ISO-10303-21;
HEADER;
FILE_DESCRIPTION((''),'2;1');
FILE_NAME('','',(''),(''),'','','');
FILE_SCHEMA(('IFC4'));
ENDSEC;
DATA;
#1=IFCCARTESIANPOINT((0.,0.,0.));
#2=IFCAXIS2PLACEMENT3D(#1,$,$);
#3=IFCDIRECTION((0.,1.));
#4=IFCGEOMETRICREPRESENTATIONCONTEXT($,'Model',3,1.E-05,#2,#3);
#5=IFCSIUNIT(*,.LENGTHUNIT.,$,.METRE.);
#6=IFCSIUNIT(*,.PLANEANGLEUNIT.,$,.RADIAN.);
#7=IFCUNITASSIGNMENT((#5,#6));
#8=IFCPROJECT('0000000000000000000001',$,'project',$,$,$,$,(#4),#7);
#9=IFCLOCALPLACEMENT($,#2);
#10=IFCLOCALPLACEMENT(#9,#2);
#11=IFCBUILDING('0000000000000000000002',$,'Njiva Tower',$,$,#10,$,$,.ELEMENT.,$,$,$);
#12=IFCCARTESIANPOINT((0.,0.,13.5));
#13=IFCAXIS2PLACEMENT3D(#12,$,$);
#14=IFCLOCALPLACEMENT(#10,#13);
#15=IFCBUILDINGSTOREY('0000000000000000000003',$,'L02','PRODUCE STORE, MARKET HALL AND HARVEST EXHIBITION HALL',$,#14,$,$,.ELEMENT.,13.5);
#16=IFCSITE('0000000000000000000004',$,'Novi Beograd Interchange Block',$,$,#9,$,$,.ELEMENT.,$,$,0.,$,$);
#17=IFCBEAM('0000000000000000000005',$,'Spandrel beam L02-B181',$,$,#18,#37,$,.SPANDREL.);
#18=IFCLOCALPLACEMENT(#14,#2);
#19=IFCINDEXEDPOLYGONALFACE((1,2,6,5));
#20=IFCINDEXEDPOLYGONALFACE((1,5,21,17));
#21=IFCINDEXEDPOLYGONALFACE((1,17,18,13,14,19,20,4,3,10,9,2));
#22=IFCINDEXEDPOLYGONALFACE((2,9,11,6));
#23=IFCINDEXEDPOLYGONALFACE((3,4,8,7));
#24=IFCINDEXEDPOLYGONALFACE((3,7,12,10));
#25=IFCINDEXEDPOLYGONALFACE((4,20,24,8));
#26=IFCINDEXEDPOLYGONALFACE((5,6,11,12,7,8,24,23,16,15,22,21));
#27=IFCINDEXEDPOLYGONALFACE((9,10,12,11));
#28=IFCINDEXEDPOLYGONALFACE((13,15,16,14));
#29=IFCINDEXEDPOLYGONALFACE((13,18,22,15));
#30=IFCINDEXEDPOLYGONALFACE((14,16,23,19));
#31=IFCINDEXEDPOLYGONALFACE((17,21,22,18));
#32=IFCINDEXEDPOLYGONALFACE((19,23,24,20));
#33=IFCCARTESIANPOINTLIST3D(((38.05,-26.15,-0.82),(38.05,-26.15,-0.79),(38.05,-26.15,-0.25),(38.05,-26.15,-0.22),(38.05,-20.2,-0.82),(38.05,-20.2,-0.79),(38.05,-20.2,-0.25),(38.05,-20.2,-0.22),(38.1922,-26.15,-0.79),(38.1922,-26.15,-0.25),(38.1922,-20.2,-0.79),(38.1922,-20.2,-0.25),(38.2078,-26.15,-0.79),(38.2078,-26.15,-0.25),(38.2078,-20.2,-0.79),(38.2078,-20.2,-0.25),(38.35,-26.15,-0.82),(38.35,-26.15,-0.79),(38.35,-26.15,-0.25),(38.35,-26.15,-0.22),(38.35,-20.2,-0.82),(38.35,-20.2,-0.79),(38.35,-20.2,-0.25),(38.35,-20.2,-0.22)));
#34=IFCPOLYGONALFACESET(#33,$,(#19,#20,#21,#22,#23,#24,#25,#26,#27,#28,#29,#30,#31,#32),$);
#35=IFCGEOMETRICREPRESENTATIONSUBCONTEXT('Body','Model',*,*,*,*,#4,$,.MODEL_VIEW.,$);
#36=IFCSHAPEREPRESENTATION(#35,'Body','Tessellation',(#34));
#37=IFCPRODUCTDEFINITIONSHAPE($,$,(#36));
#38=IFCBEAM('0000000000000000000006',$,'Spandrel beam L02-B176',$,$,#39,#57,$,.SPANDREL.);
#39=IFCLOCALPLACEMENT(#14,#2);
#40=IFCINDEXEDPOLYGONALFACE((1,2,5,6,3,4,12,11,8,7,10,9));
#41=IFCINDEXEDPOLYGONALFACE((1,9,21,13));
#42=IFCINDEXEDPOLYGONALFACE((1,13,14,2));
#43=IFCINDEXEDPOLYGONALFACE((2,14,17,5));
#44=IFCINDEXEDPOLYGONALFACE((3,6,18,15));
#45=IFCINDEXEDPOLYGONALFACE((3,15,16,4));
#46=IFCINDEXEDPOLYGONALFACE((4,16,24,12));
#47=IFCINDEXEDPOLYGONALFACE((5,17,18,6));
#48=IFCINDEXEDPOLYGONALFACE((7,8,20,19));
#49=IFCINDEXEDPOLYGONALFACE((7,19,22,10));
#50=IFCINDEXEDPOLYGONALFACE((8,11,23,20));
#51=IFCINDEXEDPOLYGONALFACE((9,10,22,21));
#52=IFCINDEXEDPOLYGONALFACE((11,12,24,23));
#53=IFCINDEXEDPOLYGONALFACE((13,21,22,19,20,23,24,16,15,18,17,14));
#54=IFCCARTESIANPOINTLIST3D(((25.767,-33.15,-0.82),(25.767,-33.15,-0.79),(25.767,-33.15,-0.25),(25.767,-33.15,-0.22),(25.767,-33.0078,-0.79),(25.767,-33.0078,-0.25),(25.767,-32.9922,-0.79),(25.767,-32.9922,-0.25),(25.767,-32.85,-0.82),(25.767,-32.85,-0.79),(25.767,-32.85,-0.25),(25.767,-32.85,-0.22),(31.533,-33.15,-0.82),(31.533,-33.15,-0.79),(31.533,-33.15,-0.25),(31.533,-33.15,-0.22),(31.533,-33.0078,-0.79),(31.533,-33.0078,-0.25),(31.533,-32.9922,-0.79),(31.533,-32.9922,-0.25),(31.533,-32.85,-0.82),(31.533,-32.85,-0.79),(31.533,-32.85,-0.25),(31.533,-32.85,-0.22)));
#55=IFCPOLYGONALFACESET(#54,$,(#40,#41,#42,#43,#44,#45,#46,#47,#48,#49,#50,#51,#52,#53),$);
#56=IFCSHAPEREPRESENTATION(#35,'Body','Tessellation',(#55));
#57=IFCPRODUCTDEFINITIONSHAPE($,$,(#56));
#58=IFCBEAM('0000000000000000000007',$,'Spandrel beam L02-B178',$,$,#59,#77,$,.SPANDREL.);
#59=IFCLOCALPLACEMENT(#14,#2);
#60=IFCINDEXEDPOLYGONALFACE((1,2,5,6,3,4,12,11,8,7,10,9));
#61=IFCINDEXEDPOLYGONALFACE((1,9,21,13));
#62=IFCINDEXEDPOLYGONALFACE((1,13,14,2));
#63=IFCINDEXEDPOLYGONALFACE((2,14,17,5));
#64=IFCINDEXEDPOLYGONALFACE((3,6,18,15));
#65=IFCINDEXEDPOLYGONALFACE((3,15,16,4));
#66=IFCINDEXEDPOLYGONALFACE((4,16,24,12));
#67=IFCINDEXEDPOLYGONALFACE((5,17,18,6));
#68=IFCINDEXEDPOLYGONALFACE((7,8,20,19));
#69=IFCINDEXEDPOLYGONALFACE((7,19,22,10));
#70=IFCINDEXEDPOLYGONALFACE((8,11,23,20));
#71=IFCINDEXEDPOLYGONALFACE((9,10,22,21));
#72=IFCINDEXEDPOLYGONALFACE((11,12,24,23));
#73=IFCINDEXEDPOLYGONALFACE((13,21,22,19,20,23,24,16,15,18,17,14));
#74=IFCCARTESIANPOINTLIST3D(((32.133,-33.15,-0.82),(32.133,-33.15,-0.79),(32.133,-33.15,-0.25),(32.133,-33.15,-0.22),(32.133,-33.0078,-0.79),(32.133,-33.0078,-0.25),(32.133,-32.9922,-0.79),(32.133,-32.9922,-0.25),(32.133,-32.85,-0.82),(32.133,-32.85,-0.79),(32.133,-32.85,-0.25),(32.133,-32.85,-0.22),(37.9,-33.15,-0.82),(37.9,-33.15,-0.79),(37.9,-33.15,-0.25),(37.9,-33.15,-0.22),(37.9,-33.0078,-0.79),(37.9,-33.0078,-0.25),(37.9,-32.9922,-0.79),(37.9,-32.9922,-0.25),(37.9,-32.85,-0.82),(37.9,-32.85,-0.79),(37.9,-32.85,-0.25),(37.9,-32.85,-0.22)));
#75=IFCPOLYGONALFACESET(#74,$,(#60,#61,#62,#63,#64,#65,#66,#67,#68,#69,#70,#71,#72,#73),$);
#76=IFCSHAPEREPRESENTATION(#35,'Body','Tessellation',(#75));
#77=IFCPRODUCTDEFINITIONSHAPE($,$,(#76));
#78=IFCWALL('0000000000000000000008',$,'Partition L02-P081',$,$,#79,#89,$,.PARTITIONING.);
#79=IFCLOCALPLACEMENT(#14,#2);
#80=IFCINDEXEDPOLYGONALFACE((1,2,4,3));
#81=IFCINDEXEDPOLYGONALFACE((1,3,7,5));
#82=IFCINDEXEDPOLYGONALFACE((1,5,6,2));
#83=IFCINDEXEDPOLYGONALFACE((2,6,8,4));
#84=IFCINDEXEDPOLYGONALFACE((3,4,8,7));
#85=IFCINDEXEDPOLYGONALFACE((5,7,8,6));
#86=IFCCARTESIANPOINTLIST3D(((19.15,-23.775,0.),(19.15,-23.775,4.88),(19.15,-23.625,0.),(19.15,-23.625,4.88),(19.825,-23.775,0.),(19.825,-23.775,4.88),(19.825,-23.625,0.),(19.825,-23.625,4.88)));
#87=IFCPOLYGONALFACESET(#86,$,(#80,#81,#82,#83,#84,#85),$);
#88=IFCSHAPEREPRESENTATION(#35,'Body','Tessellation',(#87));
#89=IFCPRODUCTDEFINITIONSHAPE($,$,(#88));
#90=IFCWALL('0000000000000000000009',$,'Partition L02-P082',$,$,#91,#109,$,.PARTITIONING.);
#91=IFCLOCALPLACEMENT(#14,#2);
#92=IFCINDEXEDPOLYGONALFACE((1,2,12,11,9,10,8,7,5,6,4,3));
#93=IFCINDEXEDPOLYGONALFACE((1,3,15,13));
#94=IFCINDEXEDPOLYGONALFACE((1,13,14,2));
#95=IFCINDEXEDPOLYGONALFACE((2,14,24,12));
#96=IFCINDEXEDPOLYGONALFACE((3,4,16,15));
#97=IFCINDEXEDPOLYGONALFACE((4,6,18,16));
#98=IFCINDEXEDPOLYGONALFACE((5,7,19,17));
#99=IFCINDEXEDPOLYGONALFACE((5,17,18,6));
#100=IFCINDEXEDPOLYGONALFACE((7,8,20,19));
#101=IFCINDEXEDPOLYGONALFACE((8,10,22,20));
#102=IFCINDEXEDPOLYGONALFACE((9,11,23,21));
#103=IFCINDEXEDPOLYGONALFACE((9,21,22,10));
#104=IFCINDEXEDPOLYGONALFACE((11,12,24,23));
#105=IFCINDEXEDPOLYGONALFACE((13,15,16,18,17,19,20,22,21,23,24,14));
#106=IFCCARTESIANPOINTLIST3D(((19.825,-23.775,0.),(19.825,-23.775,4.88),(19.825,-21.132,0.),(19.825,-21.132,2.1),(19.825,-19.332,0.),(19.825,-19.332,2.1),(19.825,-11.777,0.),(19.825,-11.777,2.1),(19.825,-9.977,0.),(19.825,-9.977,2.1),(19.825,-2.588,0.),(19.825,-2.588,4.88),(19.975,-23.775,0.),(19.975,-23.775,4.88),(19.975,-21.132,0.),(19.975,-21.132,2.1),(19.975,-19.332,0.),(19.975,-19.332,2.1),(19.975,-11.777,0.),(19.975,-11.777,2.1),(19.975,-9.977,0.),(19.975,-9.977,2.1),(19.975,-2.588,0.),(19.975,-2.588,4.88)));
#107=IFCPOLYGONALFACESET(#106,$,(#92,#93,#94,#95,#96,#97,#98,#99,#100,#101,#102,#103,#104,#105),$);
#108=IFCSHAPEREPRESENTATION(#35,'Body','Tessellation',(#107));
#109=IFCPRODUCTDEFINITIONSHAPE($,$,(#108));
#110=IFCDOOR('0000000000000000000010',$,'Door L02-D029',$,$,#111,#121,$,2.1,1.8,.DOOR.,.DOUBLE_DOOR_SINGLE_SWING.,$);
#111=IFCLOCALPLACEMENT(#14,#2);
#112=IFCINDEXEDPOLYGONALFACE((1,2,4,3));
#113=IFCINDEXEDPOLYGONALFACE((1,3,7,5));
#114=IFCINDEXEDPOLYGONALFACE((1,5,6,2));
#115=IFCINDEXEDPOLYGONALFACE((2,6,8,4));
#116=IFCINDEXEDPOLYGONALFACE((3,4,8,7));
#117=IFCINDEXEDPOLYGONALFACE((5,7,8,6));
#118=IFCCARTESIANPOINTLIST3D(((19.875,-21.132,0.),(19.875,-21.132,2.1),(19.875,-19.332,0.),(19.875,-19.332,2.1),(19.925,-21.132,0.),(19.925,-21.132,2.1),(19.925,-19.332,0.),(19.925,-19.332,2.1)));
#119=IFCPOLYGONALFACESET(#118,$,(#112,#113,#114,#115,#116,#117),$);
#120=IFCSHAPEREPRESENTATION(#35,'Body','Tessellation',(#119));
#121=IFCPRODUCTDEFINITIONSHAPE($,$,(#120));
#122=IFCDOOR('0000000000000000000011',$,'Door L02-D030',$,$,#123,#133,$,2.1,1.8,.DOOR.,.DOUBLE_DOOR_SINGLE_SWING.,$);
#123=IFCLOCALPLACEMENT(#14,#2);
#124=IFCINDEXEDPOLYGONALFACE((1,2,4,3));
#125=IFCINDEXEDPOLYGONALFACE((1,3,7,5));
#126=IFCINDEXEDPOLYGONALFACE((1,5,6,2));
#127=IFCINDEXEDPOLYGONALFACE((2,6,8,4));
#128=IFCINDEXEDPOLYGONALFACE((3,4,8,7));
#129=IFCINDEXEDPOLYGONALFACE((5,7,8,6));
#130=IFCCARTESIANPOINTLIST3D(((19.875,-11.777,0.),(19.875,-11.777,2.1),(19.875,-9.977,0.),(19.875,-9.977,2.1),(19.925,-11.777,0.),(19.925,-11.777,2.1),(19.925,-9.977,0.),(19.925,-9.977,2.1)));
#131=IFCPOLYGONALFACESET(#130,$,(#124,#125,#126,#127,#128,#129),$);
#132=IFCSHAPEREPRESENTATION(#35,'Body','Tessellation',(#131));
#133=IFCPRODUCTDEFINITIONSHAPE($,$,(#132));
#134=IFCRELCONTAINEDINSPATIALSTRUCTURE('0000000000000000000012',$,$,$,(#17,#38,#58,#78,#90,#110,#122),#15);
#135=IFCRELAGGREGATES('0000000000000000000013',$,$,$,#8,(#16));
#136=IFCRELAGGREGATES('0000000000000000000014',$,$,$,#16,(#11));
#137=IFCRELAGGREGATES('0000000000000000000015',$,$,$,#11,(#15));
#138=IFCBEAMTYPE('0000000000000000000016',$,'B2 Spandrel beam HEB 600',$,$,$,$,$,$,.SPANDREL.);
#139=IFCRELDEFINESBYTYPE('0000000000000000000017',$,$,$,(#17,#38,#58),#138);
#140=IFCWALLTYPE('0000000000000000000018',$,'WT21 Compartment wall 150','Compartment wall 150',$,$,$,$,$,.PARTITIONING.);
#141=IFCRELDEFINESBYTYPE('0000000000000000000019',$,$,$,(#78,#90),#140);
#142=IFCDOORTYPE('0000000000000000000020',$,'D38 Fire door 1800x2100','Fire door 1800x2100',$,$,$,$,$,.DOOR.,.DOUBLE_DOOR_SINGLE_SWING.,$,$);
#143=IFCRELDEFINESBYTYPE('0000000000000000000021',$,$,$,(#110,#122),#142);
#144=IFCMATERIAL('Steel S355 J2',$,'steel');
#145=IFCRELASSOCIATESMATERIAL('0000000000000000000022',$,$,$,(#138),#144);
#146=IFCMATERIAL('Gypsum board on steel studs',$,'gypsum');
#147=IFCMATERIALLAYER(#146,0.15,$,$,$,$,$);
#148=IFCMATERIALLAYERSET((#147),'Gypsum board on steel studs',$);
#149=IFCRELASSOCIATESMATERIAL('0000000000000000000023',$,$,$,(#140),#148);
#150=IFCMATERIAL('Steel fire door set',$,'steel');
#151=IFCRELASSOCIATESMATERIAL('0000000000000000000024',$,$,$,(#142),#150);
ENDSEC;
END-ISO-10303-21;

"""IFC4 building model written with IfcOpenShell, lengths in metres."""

from ifc_helpers import new_model, si_unit, direction, frame, frame_2d, origin, origin_2d, place, context, subcontext, project, spatial, rectangle, i_section, extrude, material, layer, layer_set, material_profile, profile_set, type_object, element, fill, save


model = new_model("IFC4")

# Units and contexts
model_context = context("Model", 3, precision=1e-05, world=origin(), true_north=direction((0.0, 1.0)))
body_context = subcontext(model_context, "Body", "Model", "MODEL_VIEW")
ifc_project = project(units=[si_unit("LENGTHUNIT", "METRE"), si_unit("PLANEANGLEUNIT", "RADIAN")], contexts=[model_context])

# Site, building, storey
site_placement = place(None, origin())
site = spatial("IfcSite", under=ifc_project, at=site_placement, Name="Novi Beograd Interchange Block", CompositionType="ELEMENT", RefElevation=0.0)
building_placement = place(site_placement, origin())
building = spatial("IfcBuilding", under=site, at=building_placement, Name="Njiva Tower", CompositionType="ELEMENT")
storey_placement = place(building_placement, frame((0.0, 0.0, 13.5)))
storey = spatial("IfcBuildingStorey", under=building, at=storey_placement, Name="L02", Description="PRODUCE STORE, MARKET HALL AND HARVEST EXHIBITION HALL", CompositionType="ELEMENT", Elevation=13.5)

# Shared definitions
ifc_material_1 = material(Name="Steel S355 J2", Category="steel")

# Beams
ifc_material_profile_1 = material_profile(ifc_material_1, i_section(OverallWidth=0.3, OverallDepth=0.6, WebThickness=0.0155, FlangeThickness=0.03, at=origin_2d()), Name="HEB 600")
ifc_profile_set_1 = profile_set([ifc_material_profile_1], Name="Steel S355 J2")
beam_type_1 = type_object("IfcBeamType", Name="B2 Spandrel beam HEB 600", PredefinedType="SPANDREL", material=ifc_profile_set_1)
for number, where, z_axis, x_axis, name in (
    (1, (38.2, -26.15, -0.52), (0.0, 1.0, 0.0), (-1.0, 0.0, 0.0), "Spandrel beam L02-B181"),
):
    element("IfcBeam", number, at=place(storey_placement, frame(where, z_axis=z_axis, x_axis=x_axis)), inside=storey, type_object=beam_type_1, Name=name, PredefinedType="SPANDREL", context=body_context, shape_type="SweptSolid", body=[
        extrude(i_section(OverallWidth=0.3, OverallDepth=0.6, WebThickness=0.0155, FlangeThickness=0.03, at=origin_2d()), origin(), (0.0, 0.0, 1.0), 5.95),
    ])
beam_1_placement = place(storey_placement, frame((25.767, -33.0, -0.52), z_axis=(1.0, 0.0, 0.0), x_axis=(0.0, 1.0, 0.0)))
element("IfcBeam", 2, at=beam_1_placement, inside=storey, type_object=beam_type_1, Name="Spandrel beam L02-B176", PredefinedType="SPANDREL", context=body_context, shape_type="SweptSolid", body=[
    extrude(i_section(OverallWidth=0.3, OverallDepth=0.6, WebThickness=0.0155, FlangeThickness=0.03, at=origin_2d()), origin(), (0.0, 0.0, 1.0), 5.766),
])
beam_2_placement = place(storey_placement, frame((32.133, -33.0, -0.52), z_axis=(1.0, 0.0, 0.0), x_axis=(0.0, 1.0, 0.0)))
element("IfcBeam", 3, at=beam_2_placement, inside=storey, type_object=beam_type_1, Name="Spandrel beam L02-B178", PredefinedType="SPANDREL", context=body_context, shape_type="SweptSolid", body=[
    extrude(i_section(OverallWidth=0.3, OverallDepth=0.6, WebThickness=0.0155, FlangeThickness=0.03, at=origin_2d()), origin(), (0.0, 0.0, 1.0), 5.767),
])

# Wall
ifc_material_2 = material(Name="Gypsum board on steel studs", Category="gypsum")
ifc_layer_1 = layer(ifc_material_2, 0.15)
ifc_layer_set_1 = layer_set([ifc_layer_1], Name="Gypsum board on steel studs")
wall_type_1 = type_object("IfcWallType", Name="WT21 Compartment wall 150", Description="Compartment wall 150", PredefinedType="PARTITIONING", material=ifc_layer_set_1)
wall_1_placement = place(storey_placement, frame((19.15, -23.7, 0.0), z_axis=(0.0, 0.0, 1.0), x_axis=(1.0, 0.0, 0.0)))
element("IfcWall", 4, at=wall_1_placement, inside=storey, type_object=wall_type_1, Name="Partition L02-P081", PredefinedType="PARTITIONING", context=body_context, shape_type="SweptSolid", body=[
    extrude(rectangle(XDim=0.675, YDim=0.15, at=frame_2d((0.3375, 0.0))), origin(), (0.0, 0.0, 1.0), 4.88),
])

# Wall, openings, doors
wall_2_placement = place(storey_placement, frame((19.9, -23.775, 0.0), z_axis=(0.0, 0.0, 1.0), x_axis=(0.0, 1.0, 0.0)))
wall_2 = element("IfcWall", 5, at=wall_2_placement, inside=storey, type_object=wall_type_1, Name="Partition L02-P082", PredefinedType="PARTITIONING", context=body_context, shape_type="SweptSolid", body=[
    extrude(rectangle(XDim=21.187, YDim=0.15, at=frame_2d((10.5935, 0.0))), origin(), (0.0, 0.0, 1.0), 4.88),
])
opening_1_placement = place(wall_2_placement, frame((2.643, 0.0, 0.0)))
opening_1 = element("IfcOpeningElement", 6, at=opening_1_placement, cuts=wall_2, PredefinedType="OPENING", context=body_context, shape_type="SweptSolid", body=[
    extrude(rectangle(XDim=1.8, YDim=2.1, at=frame_2d((0.9, 1.05))), frame((0.0, 0.085, 0.0), z_axis=(0.0, -1.0, 0.0), x_axis=(1.0, 0.0, 0.0)), (0.0, 0.0, 1.0), 0.17),
])
opening_2_placement = place(wall_2_placement, frame((11.998, 0.0, 0.0)))
opening_2 = element("IfcOpeningElement", 7, at=opening_2_placement, cuts=wall_2, PredefinedType="OPENING", context=body_context, shape_type="SweptSolid", body=[
    extrude(rectangle(XDim=1.8, YDim=2.1, at=frame_2d((0.9, 1.05))), frame((0.0, 0.085, 0.0), z_axis=(0.0, -1.0, 0.0), x_axis=(1.0, 0.0, 0.0)), (0.0, 0.0, 1.0), 0.17),
])
ifc_material_3 = material(Name="Steel fire door set", Category="steel")
door_type = type_object("IfcDoorType", Name="D38 Fire door 1800x2100", Description="Fire door 1800x2100", OperationType="DOUBLE_DOOR_SINGLE_SWING", PredefinedType="DOOR", material=ifc_material_3)
door_1_placement = place(opening_1_placement, origin())
door_1 = element("IfcDoor", 8, at=door_1_placement, inside=storey, type_object=door_type, Name="Door L02-D029", OperationType="DOUBLE_DOOR_SINGLE_SWING", OverallHeight=2.1, OverallWidth=1.8, PredefinedType="DOOR", context=body_context, shape_type="SweptSolid", body=[
    extrude(rectangle(XDim=1.8, YDim=2.1, at=frame_2d((0.9, 1.05))), frame((0.0, 0.025, 0.0), z_axis=(0.0, -1.0, 0.0), x_axis=(1.0, 0.0, 0.0)), (0.0, 0.0, 1.0), 0.05),
])
fill(opening_1, door_1)
door_2_placement = place(opening_2_placement, origin())
door_2 = element("IfcDoor", 9, at=door_2_placement, inside=storey, type_object=door_type, Name="Door L02-D030", OperationType="DOUBLE_DOOR_SINGLE_SWING", OverallHeight=2.1, OverallWidth=1.8, PredefinedType="DOOR", context=body_context, shape_type="SweptSolid", body=[
    extrude(rectangle(XDim=1.8, YDim=2.1, at=frame_2d((0.9, 1.05))), frame((0.0, 0.025, 0.0), z_axis=(0.0, -1.0, 0.0), x_axis=(1.0, 0.0, 0.0)), (0.0, 0.0, 1.0), 0.05),
])
fill(opening_2, door_2)

save(model, "model.ifc")
